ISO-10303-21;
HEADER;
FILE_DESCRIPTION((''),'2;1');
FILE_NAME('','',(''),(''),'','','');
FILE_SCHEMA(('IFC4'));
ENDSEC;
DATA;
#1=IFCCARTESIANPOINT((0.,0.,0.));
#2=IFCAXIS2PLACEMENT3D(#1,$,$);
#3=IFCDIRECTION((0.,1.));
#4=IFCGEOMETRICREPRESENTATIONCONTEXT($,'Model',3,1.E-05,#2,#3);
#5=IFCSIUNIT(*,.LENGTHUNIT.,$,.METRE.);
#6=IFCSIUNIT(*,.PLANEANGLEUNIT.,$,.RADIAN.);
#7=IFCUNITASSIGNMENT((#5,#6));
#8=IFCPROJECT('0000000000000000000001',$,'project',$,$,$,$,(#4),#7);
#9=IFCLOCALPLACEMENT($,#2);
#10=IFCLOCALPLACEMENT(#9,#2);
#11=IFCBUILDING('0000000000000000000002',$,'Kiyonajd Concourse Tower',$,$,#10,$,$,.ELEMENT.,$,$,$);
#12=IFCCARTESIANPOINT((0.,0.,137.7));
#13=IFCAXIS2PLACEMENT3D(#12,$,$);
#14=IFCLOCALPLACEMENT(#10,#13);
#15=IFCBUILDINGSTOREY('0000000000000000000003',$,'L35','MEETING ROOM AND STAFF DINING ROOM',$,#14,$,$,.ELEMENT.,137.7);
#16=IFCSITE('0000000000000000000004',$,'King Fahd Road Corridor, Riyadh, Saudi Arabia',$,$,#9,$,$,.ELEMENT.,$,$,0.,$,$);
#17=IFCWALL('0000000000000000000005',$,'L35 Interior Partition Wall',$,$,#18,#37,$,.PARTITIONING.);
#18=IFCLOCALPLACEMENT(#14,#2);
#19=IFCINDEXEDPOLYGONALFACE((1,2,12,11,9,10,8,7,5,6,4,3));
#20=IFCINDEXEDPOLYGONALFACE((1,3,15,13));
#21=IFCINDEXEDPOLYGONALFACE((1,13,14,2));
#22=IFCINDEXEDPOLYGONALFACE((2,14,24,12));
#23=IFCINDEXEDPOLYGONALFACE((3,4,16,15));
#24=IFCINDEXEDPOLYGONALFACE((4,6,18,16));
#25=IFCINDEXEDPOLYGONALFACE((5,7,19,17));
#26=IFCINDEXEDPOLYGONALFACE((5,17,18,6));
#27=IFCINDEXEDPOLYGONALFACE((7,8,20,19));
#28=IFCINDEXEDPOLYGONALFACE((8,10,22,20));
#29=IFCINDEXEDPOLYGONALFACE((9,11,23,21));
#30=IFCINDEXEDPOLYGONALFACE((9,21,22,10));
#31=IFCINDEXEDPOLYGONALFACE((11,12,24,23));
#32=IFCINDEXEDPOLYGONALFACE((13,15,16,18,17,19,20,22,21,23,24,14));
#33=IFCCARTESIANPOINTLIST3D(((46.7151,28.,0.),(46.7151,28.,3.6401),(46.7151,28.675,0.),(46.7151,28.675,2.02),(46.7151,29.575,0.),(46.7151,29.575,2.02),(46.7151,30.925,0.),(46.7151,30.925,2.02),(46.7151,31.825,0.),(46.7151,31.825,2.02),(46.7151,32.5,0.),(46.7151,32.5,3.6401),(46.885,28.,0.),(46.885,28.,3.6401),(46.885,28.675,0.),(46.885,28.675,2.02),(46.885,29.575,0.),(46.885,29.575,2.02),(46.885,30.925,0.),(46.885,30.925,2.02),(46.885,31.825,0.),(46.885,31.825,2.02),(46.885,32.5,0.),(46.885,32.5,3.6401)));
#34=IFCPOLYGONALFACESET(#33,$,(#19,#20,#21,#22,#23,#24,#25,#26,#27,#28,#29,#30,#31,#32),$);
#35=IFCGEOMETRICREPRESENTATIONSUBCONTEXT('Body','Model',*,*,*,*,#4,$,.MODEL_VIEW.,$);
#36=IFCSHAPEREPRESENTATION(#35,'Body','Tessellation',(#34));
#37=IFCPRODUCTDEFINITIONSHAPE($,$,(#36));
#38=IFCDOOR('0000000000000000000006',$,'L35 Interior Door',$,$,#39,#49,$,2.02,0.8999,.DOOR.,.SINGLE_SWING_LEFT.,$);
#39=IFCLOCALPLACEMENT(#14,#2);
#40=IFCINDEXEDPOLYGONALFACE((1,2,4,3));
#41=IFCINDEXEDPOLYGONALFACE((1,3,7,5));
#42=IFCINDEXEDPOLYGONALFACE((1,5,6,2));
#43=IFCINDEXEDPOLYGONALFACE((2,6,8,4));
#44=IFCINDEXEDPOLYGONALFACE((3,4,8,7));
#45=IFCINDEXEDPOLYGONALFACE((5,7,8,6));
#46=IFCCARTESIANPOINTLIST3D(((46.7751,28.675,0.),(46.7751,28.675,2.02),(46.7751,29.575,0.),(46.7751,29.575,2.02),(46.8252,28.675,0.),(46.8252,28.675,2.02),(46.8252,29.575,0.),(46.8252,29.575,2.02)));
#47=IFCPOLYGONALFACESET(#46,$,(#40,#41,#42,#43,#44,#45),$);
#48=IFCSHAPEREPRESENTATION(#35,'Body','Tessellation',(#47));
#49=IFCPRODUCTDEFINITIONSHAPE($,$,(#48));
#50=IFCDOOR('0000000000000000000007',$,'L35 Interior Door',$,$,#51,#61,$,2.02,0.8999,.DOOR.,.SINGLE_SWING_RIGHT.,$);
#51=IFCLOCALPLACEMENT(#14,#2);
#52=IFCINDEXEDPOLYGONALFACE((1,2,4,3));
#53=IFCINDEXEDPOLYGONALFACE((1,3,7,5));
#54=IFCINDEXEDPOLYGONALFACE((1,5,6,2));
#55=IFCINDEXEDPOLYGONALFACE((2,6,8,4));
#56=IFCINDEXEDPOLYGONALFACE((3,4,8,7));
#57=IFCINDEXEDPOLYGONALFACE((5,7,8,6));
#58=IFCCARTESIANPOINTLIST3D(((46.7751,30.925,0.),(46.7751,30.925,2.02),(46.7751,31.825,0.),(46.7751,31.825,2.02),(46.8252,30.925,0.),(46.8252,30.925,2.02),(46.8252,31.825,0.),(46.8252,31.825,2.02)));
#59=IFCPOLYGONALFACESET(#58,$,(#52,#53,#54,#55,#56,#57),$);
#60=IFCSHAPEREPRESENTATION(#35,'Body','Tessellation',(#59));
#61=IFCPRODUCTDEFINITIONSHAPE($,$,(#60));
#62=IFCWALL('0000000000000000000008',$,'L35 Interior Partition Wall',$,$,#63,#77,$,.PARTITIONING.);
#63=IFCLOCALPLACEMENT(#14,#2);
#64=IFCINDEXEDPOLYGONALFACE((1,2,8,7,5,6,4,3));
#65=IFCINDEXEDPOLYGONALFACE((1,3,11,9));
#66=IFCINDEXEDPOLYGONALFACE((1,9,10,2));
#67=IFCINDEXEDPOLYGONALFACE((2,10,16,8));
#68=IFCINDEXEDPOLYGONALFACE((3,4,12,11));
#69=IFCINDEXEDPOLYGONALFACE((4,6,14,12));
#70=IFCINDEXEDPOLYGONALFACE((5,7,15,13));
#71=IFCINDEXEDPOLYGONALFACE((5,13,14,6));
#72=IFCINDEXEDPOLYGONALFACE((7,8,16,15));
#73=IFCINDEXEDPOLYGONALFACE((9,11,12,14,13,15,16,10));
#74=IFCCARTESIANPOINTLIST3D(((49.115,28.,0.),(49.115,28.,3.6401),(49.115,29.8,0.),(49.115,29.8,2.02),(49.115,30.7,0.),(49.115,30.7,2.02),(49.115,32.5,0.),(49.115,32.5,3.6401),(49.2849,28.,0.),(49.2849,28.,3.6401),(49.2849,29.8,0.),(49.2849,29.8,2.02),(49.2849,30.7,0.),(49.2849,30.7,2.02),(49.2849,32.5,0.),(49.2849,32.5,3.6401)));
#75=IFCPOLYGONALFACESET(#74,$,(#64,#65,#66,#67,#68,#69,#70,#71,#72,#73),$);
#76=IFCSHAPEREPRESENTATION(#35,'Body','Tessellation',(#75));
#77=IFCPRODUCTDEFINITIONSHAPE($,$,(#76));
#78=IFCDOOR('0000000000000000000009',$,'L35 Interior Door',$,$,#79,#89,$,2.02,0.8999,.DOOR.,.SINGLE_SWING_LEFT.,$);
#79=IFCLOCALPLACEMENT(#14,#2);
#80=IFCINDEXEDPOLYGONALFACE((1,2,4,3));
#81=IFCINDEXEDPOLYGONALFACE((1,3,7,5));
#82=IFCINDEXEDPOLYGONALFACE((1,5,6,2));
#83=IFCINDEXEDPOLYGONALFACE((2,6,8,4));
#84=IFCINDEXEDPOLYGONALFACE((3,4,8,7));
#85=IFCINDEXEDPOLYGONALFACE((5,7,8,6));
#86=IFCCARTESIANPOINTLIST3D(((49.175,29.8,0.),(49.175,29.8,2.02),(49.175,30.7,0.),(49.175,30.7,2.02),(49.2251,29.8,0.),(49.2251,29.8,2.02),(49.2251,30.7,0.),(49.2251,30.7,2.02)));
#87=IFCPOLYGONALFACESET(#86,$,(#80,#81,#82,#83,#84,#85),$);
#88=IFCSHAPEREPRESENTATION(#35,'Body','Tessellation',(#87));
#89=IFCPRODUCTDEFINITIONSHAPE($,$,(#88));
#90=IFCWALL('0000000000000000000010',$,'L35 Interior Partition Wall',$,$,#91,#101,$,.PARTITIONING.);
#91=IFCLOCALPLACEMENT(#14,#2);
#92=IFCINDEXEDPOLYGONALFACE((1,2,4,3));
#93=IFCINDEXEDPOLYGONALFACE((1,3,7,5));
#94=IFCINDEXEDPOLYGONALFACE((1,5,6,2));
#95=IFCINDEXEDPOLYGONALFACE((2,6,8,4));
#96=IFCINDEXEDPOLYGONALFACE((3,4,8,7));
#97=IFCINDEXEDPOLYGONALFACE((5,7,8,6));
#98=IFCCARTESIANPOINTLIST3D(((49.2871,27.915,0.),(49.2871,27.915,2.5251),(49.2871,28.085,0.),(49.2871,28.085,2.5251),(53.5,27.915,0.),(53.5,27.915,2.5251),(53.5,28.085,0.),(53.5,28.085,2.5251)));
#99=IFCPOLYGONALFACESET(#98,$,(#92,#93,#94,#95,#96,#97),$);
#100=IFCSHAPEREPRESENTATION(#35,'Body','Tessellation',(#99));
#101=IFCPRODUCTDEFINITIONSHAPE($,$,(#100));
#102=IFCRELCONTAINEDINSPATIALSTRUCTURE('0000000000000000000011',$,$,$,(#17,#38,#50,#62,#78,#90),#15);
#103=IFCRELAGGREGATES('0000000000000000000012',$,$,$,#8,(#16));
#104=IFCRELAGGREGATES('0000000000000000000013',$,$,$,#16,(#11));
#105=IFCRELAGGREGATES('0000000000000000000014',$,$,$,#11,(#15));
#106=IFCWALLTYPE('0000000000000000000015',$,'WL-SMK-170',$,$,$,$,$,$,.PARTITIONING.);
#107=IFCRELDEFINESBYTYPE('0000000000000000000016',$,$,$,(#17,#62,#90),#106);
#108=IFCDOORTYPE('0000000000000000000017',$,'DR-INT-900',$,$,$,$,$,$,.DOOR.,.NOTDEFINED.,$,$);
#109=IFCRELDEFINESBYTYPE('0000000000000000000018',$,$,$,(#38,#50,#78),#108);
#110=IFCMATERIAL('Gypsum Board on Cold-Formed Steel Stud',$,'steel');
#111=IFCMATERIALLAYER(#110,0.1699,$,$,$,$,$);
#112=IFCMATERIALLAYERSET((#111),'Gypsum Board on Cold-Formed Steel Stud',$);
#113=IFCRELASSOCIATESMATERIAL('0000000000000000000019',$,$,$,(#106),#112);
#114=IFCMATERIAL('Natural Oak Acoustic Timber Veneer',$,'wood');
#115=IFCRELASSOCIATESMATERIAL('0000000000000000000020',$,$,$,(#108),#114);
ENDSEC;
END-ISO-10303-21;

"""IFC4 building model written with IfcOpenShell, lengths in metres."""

from ifc_helpers import new_model, si_unit, direction, frame, frame_2d, origin, place, context, subcontext, project, spatial, rectangle, extrude, material, layer, layer_set, type_object, element, fill, save


model = new_model("IFC4")

# Units and contexts
model_context = context("Model", 3, precision=1e-05, world=origin(), true_north=direction((0.0, 1.0)))
body_context = subcontext(model_context, "Body", "Model", "MODEL_VIEW")
ifc_project = project(units=[si_unit("LENGTHUNIT", "METRE"), si_unit("PLANEANGLEUNIT", "RADIAN")], contexts=[model_context])

# Site, building, storey
site_placement = place(None, origin())
site = spatial("IfcSite", under=ifc_project, at=site_placement, Name="King Fahd Road Corridor, Riyadh, Saudi Arabia", CompositionType="ELEMENT", RefElevation=0.0)
building_placement = place(site_placement, origin())
building = spatial("IfcBuilding", under=site, at=building_placement, Name="Kiyonajd Concourse Tower", CompositionType="ELEMENT")
storey_placement = place(building_placement, frame((0.0, 0.0, 137.7)))
storey = spatial("IfcBuildingStorey", under=building, at=storey_placement, Name="L35", Description="MEETING ROOM AND STAFF DINING ROOM", CompositionType="ELEMENT", Elevation=137.7)

# Shared definitions
ifc_material_1 = material(Name="Gypsum Board on Cold-Formed Steel Stud", Category="steel")

# Shared definitions
ifc_layer_1 = layer(ifc_material_1, 0.1699)
ifc_layer_set_1 = layer_set([ifc_layer_1], Name="Gypsum Board on Cold-Formed Steel Stud")
wall_type_1 = type_object("IfcWallType", Name="WL-SMK-170", PredefinedType="PARTITIONING", material=ifc_layer_set_1)
ifc_material_2 = material(Name="Natural Oak Acoustic Timber Veneer", Category="wood")
door_type = type_object("IfcDoorType", Name="DR-INT-900", OperationType="NOTDEFINED", PredefinedType="DOOR", material=ifc_material_2)

# Wall, openings, doors
wall_1_placement = place(storey_placement, frame((46.8, 28.0, 0.0), z_axis=(0.0, 0.0, 1.0), x_axis=(0.0, 1.0, 0.0)))
wall_1 = element("IfcWall", 1, at=wall_1_placement, inside=storey, type_object=wall_type_1, Name="L35 Interior Partition Wall", PredefinedType="PARTITIONING", context=body_context, shape_type="SweptSolid", body=[
    extrude(rectangle(XDim=4.5, YDim=0.1699, at=frame_2d((2.25, 0.0))), origin(), (0.0, 0.0, 1.0), 3.6401),
])
opening_1_placement = place(wall_1_placement, frame((0.675, 0.0, 0.0)))
opening_1 = element("IfcOpeningElement", 2, at=opening_1_placement, cuts=wall_1, PredefinedType="OPENING", context=body_context, shape_type="SweptSolid", body=[
    extrude(rectangle(XDim=0.8999, YDim=2.02, at=frame_2d((0.45, 1.01))), frame((0.0, 0.095, 0.0), z_axis=(0.0, -1.0, 0.0), x_axis=(1.0, 0.0, 0.0)), (0.0, 0.0, 1.0), 0.1899),
])
opening_2_placement = place(wall_1_placement, frame((2.925, 0.0, 0.0)))
opening_2 = element("IfcOpeningElement", 3, at=opening_2_placement, cuts=wall_1, PredefinedType="OPENING", context=body_context, shape_type="SweptSolid", body=[
    extrude(rectangle(XDim=0.8999, YDim=2.02, at=frame_2d((0.45, 1.01))), frame((0.0, 0.095, 0.0), z_axis=(0.0, -1.0, 0.0), x_axis=(1.0, 0.0, 0.0)), (0.0, 0.0, 1.0), 0.1899),
])
door_1_placement = place(opening_1_placement, origin())
door_1 = element("IfcDoor", 4, at=door_1_placement, inside=storey, type_object=door_type, Name="L35 Interior Door", OperationType="SINGLE_SWING_LEFT", OverallHeight=2.02, OverallWidth=0.8999, PredefinedType="DOOR", context=body_context, shape_type="SweptSolid", body=[
    extrude(rectangle(XDim=0.8999, YDim=2.02, at=frame_2d((0.45, 1.01))), frame((0.0, 0.0249, 0.0), z_axis=(0.0, -1.0, 0.0), x_axis=(1.0, 0.0, 0.0)), (0.0, 0.0, 1.0), 0.05),
])
fill(opening_1, door_1)
door_2_placement = place(opening_2_placement, origin())
door_2 = element("IfcDoor", 5, at=door_2_placement, inside=storey, type_object=door_type, Name="L35 Interior Door", OperationType="SINGLE_SWING_RIGHT", OverallHeight=2.02, OverallWidth=0.8999, PredefinedType="DOOR", context=body_context, shape_type="SweptSolid", body=[
    extrude(rectangle(XDim=0.8999, YDim=2.02, at=frame_2d((0.45, 1.01))), frame((0.0, 0.0249, 0.0), z_axis=(0.0, -1.0, 0.0), x_axis=(1.0, 0.0, 0.0)), (0.0, 0.0, 1.0), 0.05),
])
fill(opening_2, door_2)

# Wall, opening, door
wall_2_placement = place(storey_placement, frame((49.2, 28.0, 0.0), z_axis=(0.0, 0.0, 1.0), x_axis=(0.0, 1.0, 0.0)))
wall_2 = element("IfcWall", 6, at=wall_2_placement, inside=storey, type_object=wall_type_1, Name="L35 Interior Partition Wall", PredefinedType="PARTITIONING", context=body_context, shape_type="SweptSolid", body=[
    extrude(rectangle(XDim=4.5, YDim=0.1699, at=frame_2d((2.25, 0.0))), origin(), (0.0, 0.0, 1.0), 3.6401),
])
opening_3_placement = place(wall_2_placement, frame((1.8, 0.0, 0.0)))
opening_3 = element("IfcOpeningElement", 7, at=opening_3_placement, cuts=wall_2, PredefinedType="OPENING", context=body_context, shape_type="SweptSolid", body=[
    extrude(rectangle(XDim=0.8999, YDim=2.02, at=frame_2d((0.45, 1.01))), frame((0.0, 0.095, 0.0), z_axis=(0.0, -1.0, 0.0), x_axis=(1.0, 0.0, 0.0)), (0.0, 0.0, 1.0), 0.1899),
])
door_3_placement = place(opening_3_placement, origin())
door_3 = element("IfcDoor", 8, at=door_3_placement, inside=storey, type_object=door_type, Name="L35 Interior Door", OperationType="SINGLE_SWING_LEFT", OverallHeight=2.02, OverallWidth=0.8999, PredefinedType="DOOR", context=body_context, shape_type="SweptSolid", body=[
    extrude(rectangle(XDim=0.8999, YDim=2.02, at=frame_2d((0.45, 1.01))), frame((0.0, 0.0249, 0.0), z_axis=(0.0, -1.0, 0.0), x_axis=(1.0, 0.0, 0.0)), (0.0, 0.0, 1.0), 0.05),
])
fill(opening_3, door_3)

# Wall
wall_3_placement = place(storey_placement, frame((49.2871, 28.0, 0.0), z_axis=(0.0, 0.0, 1.0), x_axis=(1.0, 0.0, 0.0)))
element("IfcWall", 9, at=wall_3_placement, inside=storey, type_object=wall_type_1, Name="L35 Interior Partition Wall", PredefinedType="PARTITIONING", context=body_context, shape_type="SweptSolid", body=[
    extrude(rectangle(XDim=4.2129, YDim=0.1699, at=frame_2d((2.1064, 0.0))), origin(), (0.0, 0.0, 1.0), 2.5251),
])

save(model, "model.ifc")
